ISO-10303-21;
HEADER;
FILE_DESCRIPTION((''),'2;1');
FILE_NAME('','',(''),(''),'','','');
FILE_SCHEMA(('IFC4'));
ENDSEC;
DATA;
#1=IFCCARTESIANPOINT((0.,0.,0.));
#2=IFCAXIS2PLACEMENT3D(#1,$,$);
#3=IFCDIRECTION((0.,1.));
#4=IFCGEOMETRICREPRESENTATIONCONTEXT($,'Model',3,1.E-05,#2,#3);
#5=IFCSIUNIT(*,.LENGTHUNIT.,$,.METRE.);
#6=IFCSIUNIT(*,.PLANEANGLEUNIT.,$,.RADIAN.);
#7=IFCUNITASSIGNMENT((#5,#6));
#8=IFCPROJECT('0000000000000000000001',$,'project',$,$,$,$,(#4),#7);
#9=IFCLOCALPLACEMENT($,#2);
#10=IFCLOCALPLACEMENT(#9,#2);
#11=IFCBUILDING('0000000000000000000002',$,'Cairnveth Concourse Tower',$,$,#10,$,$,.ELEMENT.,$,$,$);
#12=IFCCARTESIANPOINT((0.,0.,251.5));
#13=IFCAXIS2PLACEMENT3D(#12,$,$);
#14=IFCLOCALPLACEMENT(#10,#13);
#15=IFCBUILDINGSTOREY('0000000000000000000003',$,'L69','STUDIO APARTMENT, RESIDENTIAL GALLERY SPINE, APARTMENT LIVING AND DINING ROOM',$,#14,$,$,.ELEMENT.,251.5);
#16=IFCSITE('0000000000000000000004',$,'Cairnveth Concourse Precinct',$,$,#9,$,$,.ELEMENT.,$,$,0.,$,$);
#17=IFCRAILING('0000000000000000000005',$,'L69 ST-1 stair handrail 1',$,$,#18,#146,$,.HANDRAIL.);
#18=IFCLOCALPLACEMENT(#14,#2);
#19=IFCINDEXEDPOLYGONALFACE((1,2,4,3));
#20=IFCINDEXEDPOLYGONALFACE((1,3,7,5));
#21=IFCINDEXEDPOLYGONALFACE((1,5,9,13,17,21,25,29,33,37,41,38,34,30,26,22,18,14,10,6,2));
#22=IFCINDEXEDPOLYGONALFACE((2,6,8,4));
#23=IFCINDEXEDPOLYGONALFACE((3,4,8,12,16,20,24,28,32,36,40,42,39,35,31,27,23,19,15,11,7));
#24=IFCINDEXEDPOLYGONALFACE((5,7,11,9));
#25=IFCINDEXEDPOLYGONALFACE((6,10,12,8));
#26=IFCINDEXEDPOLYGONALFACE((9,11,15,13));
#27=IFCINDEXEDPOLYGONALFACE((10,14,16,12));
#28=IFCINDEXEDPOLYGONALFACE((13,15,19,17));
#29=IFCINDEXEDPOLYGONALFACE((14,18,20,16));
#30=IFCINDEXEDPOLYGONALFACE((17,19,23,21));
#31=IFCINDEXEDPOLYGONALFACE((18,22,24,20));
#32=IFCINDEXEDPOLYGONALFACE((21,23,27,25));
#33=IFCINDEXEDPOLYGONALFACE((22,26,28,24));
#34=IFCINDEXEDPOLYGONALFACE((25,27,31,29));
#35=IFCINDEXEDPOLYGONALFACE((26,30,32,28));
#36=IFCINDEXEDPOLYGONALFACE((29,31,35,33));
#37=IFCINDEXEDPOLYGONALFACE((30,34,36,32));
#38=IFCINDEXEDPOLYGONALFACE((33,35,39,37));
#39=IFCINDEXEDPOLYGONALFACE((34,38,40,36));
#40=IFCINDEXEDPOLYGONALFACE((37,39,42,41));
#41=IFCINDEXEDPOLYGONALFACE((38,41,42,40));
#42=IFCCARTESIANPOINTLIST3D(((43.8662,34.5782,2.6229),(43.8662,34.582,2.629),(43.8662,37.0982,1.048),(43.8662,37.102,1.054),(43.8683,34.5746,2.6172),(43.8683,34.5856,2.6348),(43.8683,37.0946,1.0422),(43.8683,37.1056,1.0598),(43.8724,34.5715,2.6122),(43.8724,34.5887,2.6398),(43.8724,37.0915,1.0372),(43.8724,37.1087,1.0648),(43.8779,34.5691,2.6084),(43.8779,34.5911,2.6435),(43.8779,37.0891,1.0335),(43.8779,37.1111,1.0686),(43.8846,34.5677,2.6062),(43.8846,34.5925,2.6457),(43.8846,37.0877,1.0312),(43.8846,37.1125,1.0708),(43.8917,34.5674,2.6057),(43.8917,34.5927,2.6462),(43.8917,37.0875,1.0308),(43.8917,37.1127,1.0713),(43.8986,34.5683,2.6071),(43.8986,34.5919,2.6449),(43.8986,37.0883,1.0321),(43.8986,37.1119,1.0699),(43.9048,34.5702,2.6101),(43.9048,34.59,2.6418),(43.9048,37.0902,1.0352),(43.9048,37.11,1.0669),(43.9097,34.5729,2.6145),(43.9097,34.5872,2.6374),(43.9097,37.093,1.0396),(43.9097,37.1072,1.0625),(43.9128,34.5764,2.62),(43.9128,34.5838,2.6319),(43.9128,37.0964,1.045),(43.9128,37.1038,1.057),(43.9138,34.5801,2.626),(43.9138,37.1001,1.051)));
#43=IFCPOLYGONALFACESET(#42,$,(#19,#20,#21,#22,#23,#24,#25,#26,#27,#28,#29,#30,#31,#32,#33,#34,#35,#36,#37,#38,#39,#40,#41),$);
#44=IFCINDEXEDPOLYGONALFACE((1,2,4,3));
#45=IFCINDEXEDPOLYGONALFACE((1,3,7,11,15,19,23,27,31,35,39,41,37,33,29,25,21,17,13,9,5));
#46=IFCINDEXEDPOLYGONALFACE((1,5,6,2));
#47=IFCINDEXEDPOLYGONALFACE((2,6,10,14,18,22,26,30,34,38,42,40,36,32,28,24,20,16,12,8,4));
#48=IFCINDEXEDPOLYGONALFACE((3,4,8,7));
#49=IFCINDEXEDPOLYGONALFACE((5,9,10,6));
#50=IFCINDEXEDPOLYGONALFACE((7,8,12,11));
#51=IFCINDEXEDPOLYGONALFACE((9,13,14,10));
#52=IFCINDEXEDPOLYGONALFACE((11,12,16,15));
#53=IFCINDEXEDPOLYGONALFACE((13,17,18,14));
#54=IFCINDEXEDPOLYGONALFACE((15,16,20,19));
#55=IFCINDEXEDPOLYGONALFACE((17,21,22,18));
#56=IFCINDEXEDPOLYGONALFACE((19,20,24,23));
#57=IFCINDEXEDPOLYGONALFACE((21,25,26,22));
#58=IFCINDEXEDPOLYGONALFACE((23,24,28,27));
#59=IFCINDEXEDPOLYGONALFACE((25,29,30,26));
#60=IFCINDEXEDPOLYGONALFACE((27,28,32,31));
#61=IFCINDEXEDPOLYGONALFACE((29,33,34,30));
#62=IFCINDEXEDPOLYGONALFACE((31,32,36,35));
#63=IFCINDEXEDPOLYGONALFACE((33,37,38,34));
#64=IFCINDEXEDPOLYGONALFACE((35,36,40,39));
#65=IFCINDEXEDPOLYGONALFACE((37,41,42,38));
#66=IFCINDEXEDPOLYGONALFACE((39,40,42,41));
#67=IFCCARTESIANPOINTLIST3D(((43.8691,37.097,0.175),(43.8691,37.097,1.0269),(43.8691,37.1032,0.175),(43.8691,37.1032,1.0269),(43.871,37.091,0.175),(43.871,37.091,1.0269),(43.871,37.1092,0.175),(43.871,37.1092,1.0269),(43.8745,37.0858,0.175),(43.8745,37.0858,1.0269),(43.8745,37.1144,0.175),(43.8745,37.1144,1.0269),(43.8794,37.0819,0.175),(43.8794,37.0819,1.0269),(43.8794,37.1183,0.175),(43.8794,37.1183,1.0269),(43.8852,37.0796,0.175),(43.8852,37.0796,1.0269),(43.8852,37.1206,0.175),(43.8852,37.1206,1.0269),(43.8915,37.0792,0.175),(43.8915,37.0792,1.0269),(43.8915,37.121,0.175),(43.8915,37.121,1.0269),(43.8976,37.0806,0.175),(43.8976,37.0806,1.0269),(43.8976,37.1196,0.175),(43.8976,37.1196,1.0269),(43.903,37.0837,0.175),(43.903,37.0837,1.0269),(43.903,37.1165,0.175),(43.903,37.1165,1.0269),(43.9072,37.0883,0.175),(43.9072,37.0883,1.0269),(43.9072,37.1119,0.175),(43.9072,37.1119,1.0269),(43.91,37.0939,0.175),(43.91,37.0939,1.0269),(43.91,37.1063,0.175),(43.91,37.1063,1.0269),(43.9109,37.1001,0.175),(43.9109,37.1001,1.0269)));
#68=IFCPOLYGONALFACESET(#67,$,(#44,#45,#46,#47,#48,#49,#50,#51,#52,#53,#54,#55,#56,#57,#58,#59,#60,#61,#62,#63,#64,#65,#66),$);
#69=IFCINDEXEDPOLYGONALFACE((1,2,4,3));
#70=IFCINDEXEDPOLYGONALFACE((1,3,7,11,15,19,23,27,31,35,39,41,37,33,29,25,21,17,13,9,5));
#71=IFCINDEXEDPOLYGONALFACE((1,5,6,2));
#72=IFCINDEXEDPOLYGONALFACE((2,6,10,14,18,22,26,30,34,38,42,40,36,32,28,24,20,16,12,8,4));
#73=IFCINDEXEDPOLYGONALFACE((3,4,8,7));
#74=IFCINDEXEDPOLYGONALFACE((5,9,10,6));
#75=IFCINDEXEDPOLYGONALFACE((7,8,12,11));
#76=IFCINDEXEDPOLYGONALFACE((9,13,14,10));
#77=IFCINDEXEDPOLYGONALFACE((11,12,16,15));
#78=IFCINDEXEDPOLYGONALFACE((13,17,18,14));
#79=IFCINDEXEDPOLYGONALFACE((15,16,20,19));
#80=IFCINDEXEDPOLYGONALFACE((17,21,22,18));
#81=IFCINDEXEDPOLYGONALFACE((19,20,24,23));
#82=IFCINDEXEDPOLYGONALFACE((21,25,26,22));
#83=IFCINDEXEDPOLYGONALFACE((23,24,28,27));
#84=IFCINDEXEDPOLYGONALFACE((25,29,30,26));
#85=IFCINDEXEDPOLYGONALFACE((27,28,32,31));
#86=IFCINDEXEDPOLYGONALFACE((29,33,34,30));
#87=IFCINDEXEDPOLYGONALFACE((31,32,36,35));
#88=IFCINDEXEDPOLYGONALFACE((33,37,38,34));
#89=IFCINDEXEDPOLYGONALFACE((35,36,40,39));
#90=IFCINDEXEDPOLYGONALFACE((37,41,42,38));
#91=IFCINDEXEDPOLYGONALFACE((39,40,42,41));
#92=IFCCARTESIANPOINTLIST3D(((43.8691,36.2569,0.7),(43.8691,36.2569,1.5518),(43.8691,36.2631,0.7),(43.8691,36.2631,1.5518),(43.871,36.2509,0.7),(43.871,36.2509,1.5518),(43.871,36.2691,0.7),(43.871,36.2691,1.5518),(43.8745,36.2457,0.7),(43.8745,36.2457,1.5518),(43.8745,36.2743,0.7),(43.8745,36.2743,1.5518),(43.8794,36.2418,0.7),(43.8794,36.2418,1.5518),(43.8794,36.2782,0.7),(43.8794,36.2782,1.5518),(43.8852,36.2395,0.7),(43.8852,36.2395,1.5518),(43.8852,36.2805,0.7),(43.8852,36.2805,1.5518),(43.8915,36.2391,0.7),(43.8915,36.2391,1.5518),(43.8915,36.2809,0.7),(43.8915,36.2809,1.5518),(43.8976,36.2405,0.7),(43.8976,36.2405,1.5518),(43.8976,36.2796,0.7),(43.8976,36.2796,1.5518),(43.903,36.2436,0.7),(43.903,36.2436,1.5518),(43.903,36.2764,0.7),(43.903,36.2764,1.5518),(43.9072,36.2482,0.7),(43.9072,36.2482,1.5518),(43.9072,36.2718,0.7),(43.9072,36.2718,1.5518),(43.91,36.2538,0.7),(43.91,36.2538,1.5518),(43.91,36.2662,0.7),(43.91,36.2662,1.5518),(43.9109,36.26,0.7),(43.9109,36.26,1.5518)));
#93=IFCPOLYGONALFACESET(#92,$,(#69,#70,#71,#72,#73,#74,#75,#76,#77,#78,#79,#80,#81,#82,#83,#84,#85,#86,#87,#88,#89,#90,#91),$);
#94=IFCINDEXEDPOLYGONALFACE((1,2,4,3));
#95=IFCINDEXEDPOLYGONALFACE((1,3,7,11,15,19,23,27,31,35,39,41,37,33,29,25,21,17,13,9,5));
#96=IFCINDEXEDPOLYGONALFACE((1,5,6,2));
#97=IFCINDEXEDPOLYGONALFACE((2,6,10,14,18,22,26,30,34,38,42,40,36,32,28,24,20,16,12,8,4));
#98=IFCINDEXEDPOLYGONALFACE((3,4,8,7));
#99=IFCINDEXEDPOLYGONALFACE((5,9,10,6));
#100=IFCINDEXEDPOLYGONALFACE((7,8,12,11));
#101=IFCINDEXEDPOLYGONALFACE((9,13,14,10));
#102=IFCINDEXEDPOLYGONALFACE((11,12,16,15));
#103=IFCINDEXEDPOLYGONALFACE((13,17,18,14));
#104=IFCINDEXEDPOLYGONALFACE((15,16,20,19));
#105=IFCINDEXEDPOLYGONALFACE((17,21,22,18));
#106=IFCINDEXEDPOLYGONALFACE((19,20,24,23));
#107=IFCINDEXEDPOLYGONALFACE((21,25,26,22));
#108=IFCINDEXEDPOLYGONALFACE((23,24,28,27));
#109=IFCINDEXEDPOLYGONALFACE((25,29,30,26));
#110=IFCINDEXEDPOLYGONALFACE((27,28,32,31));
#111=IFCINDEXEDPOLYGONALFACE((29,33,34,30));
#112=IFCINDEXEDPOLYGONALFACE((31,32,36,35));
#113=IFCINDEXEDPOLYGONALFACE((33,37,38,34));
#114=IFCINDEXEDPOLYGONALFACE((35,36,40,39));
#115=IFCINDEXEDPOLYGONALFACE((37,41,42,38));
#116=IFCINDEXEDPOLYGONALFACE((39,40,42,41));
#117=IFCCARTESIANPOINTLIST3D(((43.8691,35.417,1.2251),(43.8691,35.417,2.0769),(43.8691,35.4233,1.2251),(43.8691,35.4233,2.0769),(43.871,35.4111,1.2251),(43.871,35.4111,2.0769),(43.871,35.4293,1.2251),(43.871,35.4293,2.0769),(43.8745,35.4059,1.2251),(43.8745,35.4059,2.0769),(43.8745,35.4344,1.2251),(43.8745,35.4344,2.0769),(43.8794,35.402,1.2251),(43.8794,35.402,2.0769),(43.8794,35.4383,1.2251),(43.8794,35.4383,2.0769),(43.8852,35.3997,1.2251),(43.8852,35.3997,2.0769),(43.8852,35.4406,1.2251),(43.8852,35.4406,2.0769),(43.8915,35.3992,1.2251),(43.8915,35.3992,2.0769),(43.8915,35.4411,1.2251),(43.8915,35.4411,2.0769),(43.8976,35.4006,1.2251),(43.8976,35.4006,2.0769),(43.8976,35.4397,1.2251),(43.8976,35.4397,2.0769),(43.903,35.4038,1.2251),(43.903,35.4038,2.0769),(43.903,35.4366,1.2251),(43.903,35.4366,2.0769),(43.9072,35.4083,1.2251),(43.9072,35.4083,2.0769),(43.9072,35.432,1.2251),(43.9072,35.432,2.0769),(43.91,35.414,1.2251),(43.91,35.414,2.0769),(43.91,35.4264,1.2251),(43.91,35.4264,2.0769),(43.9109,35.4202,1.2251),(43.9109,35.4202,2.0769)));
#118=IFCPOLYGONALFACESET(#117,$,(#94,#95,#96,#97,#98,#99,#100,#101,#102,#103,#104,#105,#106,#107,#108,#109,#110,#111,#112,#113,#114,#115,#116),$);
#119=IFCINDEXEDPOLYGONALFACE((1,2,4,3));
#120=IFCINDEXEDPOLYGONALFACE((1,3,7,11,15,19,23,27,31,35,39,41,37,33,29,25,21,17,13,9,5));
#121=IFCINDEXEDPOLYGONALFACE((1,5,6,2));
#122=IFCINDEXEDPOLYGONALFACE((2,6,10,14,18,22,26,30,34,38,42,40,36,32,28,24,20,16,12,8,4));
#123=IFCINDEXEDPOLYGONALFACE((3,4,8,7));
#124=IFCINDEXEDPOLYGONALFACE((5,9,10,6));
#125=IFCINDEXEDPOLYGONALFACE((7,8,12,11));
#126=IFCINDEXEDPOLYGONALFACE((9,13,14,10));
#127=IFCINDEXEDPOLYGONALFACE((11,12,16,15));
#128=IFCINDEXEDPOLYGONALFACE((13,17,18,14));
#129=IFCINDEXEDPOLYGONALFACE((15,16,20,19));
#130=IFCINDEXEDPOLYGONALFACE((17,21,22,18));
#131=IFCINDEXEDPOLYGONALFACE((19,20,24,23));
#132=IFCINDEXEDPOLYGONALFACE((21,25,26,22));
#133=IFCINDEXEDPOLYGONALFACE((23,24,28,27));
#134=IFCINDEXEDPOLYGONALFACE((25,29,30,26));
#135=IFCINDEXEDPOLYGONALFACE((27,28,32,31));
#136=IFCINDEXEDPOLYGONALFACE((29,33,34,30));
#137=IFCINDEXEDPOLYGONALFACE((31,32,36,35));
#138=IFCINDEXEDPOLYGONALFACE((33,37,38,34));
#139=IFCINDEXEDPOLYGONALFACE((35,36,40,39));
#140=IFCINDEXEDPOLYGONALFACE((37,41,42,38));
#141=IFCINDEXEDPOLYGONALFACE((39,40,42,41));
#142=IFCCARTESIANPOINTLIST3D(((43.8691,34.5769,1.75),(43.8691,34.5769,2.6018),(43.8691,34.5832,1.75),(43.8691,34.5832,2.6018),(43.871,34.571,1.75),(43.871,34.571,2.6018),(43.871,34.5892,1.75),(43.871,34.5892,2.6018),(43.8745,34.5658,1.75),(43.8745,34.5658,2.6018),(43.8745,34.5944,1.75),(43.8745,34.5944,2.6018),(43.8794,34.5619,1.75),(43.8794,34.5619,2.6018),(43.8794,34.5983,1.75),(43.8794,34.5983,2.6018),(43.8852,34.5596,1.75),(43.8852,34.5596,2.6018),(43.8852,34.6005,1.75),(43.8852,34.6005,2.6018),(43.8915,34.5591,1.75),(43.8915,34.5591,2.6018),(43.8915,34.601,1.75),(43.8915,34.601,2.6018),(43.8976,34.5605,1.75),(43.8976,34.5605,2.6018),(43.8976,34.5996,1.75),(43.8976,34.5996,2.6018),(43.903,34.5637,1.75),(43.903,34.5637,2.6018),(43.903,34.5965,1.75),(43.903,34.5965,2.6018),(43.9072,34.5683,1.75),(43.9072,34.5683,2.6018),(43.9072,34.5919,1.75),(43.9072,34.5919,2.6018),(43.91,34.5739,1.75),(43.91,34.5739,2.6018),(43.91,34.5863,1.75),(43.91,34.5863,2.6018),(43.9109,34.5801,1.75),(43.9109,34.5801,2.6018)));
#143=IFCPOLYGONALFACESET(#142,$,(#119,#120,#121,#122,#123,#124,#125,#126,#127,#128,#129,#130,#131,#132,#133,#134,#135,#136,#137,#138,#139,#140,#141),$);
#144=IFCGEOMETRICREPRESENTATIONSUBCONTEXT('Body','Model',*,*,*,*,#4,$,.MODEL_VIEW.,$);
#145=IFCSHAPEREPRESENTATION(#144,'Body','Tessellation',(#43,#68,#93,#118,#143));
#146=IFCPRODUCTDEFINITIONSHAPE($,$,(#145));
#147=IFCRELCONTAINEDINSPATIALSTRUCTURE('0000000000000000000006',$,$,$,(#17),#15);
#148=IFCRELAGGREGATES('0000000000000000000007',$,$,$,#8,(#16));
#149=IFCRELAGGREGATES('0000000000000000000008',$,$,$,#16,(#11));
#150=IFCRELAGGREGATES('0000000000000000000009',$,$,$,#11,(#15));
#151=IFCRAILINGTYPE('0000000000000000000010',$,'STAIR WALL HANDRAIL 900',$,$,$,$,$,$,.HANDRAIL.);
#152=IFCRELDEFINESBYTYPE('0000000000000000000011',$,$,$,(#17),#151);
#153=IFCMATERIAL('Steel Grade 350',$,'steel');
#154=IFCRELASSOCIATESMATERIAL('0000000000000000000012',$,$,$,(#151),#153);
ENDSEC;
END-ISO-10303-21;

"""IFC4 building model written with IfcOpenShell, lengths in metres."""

from ifc_helpers import new_model, si_unit, direction, frame, origin, origin_2d, place, context, subcontext, project, spatial, circle, extrude, material, type_object, element, save


model = new_model("IFC4")

# Units and contexts
model_context = context("Model", 3, precision=1e-05, world=origin(), true_north=direction((0.0, 1.0)))
body_context = subcontext(model_context, "Body", "Model", "MODEL_VIEW")
ifc_project = project(units=[si_unit("LENGTHUNIT", "METRE"), si_unit("PLANEANGLEUNIT", "RADIAN")], contexts=[model_context])

# Site, building, storey
site_placement = place(None, origin())
site = spatial("IfcSite", under=ifc_project, at=site_placement, Name="Cairnveth Concourse Precinct", CompositionType="ELEMENT", RefElevation=0.0)
building_placement = place(site_placement, origin())
building = spatial("IfcBuilding", under=site, at=building_placement, Name="Cairnveth Concourse Tower", CompositionType="ELEMENT")
storey_placement = place(building_placement, frame((0.0, 0.0, 251.5)))
storey = spatial("IfcBuildingStorey", under=building, at=storey_placement, Name="L69", Description="STUDIO APARTMENT, RESIDENTIAL GALLERY SPINE, APARTMENT LIVING AND DINING ROOM", CompositionType="ELEMENT", Elevation=251.5)

# Shared definitions
ifc_material_1 = material(Name="Steel Grade 350", Category="steel")

# Railing
railing_type_1 = type_object("IfcRailingType", Name="STAIR WALL HANDRAIL 900", PredefinedType="HANDRAIL", material=ifc_material_1)
railing_1_placement = place(storey_placement, frame((43.8899, 37.1001, 0.175)))
element("IfcRailing", 1, at=railing_1_placement, inside=storey, type_object=railing_type_1, Name="L69 ST-1 stair handrail 1", PredefinedType="HANDRAIL", context=body_context, shape_type="SweptSolid", body=[
    extrude(circle(Radius=0.0239, at=origin_2d()), frame((0.0, 0.0, 0.876), z_axis=(0.0, -0.848008, 0.529984), x_axis=(1.0, 0.0, 0.0)), (0.0, 0.0, 1.0), 2.9717),
    extrude(circle(Radius=0.021, at=origin_2d()), origin(), (0.0, 0.0, 1.0), 0.8518),
    extrude(circle(Radius=0.021, at=origin_2d()), frame((0.0, -0.8401, 0.5249)), (0.0, 0.0, 1.0), 0.8518),
    extrude(circle(Radius=0.021, at=origin_2d()), frame((0.0, -1.6799, 1.05)), (0.0, 0.0, 1.0), 0.8518),
    extrude(circle(Radius=0.021, at=origin_2d()), frame((0.0, -2.52, 1.575)), (0.0, 0.0, 1.0), 0.8518),
])

save(model, "model.ifc")
